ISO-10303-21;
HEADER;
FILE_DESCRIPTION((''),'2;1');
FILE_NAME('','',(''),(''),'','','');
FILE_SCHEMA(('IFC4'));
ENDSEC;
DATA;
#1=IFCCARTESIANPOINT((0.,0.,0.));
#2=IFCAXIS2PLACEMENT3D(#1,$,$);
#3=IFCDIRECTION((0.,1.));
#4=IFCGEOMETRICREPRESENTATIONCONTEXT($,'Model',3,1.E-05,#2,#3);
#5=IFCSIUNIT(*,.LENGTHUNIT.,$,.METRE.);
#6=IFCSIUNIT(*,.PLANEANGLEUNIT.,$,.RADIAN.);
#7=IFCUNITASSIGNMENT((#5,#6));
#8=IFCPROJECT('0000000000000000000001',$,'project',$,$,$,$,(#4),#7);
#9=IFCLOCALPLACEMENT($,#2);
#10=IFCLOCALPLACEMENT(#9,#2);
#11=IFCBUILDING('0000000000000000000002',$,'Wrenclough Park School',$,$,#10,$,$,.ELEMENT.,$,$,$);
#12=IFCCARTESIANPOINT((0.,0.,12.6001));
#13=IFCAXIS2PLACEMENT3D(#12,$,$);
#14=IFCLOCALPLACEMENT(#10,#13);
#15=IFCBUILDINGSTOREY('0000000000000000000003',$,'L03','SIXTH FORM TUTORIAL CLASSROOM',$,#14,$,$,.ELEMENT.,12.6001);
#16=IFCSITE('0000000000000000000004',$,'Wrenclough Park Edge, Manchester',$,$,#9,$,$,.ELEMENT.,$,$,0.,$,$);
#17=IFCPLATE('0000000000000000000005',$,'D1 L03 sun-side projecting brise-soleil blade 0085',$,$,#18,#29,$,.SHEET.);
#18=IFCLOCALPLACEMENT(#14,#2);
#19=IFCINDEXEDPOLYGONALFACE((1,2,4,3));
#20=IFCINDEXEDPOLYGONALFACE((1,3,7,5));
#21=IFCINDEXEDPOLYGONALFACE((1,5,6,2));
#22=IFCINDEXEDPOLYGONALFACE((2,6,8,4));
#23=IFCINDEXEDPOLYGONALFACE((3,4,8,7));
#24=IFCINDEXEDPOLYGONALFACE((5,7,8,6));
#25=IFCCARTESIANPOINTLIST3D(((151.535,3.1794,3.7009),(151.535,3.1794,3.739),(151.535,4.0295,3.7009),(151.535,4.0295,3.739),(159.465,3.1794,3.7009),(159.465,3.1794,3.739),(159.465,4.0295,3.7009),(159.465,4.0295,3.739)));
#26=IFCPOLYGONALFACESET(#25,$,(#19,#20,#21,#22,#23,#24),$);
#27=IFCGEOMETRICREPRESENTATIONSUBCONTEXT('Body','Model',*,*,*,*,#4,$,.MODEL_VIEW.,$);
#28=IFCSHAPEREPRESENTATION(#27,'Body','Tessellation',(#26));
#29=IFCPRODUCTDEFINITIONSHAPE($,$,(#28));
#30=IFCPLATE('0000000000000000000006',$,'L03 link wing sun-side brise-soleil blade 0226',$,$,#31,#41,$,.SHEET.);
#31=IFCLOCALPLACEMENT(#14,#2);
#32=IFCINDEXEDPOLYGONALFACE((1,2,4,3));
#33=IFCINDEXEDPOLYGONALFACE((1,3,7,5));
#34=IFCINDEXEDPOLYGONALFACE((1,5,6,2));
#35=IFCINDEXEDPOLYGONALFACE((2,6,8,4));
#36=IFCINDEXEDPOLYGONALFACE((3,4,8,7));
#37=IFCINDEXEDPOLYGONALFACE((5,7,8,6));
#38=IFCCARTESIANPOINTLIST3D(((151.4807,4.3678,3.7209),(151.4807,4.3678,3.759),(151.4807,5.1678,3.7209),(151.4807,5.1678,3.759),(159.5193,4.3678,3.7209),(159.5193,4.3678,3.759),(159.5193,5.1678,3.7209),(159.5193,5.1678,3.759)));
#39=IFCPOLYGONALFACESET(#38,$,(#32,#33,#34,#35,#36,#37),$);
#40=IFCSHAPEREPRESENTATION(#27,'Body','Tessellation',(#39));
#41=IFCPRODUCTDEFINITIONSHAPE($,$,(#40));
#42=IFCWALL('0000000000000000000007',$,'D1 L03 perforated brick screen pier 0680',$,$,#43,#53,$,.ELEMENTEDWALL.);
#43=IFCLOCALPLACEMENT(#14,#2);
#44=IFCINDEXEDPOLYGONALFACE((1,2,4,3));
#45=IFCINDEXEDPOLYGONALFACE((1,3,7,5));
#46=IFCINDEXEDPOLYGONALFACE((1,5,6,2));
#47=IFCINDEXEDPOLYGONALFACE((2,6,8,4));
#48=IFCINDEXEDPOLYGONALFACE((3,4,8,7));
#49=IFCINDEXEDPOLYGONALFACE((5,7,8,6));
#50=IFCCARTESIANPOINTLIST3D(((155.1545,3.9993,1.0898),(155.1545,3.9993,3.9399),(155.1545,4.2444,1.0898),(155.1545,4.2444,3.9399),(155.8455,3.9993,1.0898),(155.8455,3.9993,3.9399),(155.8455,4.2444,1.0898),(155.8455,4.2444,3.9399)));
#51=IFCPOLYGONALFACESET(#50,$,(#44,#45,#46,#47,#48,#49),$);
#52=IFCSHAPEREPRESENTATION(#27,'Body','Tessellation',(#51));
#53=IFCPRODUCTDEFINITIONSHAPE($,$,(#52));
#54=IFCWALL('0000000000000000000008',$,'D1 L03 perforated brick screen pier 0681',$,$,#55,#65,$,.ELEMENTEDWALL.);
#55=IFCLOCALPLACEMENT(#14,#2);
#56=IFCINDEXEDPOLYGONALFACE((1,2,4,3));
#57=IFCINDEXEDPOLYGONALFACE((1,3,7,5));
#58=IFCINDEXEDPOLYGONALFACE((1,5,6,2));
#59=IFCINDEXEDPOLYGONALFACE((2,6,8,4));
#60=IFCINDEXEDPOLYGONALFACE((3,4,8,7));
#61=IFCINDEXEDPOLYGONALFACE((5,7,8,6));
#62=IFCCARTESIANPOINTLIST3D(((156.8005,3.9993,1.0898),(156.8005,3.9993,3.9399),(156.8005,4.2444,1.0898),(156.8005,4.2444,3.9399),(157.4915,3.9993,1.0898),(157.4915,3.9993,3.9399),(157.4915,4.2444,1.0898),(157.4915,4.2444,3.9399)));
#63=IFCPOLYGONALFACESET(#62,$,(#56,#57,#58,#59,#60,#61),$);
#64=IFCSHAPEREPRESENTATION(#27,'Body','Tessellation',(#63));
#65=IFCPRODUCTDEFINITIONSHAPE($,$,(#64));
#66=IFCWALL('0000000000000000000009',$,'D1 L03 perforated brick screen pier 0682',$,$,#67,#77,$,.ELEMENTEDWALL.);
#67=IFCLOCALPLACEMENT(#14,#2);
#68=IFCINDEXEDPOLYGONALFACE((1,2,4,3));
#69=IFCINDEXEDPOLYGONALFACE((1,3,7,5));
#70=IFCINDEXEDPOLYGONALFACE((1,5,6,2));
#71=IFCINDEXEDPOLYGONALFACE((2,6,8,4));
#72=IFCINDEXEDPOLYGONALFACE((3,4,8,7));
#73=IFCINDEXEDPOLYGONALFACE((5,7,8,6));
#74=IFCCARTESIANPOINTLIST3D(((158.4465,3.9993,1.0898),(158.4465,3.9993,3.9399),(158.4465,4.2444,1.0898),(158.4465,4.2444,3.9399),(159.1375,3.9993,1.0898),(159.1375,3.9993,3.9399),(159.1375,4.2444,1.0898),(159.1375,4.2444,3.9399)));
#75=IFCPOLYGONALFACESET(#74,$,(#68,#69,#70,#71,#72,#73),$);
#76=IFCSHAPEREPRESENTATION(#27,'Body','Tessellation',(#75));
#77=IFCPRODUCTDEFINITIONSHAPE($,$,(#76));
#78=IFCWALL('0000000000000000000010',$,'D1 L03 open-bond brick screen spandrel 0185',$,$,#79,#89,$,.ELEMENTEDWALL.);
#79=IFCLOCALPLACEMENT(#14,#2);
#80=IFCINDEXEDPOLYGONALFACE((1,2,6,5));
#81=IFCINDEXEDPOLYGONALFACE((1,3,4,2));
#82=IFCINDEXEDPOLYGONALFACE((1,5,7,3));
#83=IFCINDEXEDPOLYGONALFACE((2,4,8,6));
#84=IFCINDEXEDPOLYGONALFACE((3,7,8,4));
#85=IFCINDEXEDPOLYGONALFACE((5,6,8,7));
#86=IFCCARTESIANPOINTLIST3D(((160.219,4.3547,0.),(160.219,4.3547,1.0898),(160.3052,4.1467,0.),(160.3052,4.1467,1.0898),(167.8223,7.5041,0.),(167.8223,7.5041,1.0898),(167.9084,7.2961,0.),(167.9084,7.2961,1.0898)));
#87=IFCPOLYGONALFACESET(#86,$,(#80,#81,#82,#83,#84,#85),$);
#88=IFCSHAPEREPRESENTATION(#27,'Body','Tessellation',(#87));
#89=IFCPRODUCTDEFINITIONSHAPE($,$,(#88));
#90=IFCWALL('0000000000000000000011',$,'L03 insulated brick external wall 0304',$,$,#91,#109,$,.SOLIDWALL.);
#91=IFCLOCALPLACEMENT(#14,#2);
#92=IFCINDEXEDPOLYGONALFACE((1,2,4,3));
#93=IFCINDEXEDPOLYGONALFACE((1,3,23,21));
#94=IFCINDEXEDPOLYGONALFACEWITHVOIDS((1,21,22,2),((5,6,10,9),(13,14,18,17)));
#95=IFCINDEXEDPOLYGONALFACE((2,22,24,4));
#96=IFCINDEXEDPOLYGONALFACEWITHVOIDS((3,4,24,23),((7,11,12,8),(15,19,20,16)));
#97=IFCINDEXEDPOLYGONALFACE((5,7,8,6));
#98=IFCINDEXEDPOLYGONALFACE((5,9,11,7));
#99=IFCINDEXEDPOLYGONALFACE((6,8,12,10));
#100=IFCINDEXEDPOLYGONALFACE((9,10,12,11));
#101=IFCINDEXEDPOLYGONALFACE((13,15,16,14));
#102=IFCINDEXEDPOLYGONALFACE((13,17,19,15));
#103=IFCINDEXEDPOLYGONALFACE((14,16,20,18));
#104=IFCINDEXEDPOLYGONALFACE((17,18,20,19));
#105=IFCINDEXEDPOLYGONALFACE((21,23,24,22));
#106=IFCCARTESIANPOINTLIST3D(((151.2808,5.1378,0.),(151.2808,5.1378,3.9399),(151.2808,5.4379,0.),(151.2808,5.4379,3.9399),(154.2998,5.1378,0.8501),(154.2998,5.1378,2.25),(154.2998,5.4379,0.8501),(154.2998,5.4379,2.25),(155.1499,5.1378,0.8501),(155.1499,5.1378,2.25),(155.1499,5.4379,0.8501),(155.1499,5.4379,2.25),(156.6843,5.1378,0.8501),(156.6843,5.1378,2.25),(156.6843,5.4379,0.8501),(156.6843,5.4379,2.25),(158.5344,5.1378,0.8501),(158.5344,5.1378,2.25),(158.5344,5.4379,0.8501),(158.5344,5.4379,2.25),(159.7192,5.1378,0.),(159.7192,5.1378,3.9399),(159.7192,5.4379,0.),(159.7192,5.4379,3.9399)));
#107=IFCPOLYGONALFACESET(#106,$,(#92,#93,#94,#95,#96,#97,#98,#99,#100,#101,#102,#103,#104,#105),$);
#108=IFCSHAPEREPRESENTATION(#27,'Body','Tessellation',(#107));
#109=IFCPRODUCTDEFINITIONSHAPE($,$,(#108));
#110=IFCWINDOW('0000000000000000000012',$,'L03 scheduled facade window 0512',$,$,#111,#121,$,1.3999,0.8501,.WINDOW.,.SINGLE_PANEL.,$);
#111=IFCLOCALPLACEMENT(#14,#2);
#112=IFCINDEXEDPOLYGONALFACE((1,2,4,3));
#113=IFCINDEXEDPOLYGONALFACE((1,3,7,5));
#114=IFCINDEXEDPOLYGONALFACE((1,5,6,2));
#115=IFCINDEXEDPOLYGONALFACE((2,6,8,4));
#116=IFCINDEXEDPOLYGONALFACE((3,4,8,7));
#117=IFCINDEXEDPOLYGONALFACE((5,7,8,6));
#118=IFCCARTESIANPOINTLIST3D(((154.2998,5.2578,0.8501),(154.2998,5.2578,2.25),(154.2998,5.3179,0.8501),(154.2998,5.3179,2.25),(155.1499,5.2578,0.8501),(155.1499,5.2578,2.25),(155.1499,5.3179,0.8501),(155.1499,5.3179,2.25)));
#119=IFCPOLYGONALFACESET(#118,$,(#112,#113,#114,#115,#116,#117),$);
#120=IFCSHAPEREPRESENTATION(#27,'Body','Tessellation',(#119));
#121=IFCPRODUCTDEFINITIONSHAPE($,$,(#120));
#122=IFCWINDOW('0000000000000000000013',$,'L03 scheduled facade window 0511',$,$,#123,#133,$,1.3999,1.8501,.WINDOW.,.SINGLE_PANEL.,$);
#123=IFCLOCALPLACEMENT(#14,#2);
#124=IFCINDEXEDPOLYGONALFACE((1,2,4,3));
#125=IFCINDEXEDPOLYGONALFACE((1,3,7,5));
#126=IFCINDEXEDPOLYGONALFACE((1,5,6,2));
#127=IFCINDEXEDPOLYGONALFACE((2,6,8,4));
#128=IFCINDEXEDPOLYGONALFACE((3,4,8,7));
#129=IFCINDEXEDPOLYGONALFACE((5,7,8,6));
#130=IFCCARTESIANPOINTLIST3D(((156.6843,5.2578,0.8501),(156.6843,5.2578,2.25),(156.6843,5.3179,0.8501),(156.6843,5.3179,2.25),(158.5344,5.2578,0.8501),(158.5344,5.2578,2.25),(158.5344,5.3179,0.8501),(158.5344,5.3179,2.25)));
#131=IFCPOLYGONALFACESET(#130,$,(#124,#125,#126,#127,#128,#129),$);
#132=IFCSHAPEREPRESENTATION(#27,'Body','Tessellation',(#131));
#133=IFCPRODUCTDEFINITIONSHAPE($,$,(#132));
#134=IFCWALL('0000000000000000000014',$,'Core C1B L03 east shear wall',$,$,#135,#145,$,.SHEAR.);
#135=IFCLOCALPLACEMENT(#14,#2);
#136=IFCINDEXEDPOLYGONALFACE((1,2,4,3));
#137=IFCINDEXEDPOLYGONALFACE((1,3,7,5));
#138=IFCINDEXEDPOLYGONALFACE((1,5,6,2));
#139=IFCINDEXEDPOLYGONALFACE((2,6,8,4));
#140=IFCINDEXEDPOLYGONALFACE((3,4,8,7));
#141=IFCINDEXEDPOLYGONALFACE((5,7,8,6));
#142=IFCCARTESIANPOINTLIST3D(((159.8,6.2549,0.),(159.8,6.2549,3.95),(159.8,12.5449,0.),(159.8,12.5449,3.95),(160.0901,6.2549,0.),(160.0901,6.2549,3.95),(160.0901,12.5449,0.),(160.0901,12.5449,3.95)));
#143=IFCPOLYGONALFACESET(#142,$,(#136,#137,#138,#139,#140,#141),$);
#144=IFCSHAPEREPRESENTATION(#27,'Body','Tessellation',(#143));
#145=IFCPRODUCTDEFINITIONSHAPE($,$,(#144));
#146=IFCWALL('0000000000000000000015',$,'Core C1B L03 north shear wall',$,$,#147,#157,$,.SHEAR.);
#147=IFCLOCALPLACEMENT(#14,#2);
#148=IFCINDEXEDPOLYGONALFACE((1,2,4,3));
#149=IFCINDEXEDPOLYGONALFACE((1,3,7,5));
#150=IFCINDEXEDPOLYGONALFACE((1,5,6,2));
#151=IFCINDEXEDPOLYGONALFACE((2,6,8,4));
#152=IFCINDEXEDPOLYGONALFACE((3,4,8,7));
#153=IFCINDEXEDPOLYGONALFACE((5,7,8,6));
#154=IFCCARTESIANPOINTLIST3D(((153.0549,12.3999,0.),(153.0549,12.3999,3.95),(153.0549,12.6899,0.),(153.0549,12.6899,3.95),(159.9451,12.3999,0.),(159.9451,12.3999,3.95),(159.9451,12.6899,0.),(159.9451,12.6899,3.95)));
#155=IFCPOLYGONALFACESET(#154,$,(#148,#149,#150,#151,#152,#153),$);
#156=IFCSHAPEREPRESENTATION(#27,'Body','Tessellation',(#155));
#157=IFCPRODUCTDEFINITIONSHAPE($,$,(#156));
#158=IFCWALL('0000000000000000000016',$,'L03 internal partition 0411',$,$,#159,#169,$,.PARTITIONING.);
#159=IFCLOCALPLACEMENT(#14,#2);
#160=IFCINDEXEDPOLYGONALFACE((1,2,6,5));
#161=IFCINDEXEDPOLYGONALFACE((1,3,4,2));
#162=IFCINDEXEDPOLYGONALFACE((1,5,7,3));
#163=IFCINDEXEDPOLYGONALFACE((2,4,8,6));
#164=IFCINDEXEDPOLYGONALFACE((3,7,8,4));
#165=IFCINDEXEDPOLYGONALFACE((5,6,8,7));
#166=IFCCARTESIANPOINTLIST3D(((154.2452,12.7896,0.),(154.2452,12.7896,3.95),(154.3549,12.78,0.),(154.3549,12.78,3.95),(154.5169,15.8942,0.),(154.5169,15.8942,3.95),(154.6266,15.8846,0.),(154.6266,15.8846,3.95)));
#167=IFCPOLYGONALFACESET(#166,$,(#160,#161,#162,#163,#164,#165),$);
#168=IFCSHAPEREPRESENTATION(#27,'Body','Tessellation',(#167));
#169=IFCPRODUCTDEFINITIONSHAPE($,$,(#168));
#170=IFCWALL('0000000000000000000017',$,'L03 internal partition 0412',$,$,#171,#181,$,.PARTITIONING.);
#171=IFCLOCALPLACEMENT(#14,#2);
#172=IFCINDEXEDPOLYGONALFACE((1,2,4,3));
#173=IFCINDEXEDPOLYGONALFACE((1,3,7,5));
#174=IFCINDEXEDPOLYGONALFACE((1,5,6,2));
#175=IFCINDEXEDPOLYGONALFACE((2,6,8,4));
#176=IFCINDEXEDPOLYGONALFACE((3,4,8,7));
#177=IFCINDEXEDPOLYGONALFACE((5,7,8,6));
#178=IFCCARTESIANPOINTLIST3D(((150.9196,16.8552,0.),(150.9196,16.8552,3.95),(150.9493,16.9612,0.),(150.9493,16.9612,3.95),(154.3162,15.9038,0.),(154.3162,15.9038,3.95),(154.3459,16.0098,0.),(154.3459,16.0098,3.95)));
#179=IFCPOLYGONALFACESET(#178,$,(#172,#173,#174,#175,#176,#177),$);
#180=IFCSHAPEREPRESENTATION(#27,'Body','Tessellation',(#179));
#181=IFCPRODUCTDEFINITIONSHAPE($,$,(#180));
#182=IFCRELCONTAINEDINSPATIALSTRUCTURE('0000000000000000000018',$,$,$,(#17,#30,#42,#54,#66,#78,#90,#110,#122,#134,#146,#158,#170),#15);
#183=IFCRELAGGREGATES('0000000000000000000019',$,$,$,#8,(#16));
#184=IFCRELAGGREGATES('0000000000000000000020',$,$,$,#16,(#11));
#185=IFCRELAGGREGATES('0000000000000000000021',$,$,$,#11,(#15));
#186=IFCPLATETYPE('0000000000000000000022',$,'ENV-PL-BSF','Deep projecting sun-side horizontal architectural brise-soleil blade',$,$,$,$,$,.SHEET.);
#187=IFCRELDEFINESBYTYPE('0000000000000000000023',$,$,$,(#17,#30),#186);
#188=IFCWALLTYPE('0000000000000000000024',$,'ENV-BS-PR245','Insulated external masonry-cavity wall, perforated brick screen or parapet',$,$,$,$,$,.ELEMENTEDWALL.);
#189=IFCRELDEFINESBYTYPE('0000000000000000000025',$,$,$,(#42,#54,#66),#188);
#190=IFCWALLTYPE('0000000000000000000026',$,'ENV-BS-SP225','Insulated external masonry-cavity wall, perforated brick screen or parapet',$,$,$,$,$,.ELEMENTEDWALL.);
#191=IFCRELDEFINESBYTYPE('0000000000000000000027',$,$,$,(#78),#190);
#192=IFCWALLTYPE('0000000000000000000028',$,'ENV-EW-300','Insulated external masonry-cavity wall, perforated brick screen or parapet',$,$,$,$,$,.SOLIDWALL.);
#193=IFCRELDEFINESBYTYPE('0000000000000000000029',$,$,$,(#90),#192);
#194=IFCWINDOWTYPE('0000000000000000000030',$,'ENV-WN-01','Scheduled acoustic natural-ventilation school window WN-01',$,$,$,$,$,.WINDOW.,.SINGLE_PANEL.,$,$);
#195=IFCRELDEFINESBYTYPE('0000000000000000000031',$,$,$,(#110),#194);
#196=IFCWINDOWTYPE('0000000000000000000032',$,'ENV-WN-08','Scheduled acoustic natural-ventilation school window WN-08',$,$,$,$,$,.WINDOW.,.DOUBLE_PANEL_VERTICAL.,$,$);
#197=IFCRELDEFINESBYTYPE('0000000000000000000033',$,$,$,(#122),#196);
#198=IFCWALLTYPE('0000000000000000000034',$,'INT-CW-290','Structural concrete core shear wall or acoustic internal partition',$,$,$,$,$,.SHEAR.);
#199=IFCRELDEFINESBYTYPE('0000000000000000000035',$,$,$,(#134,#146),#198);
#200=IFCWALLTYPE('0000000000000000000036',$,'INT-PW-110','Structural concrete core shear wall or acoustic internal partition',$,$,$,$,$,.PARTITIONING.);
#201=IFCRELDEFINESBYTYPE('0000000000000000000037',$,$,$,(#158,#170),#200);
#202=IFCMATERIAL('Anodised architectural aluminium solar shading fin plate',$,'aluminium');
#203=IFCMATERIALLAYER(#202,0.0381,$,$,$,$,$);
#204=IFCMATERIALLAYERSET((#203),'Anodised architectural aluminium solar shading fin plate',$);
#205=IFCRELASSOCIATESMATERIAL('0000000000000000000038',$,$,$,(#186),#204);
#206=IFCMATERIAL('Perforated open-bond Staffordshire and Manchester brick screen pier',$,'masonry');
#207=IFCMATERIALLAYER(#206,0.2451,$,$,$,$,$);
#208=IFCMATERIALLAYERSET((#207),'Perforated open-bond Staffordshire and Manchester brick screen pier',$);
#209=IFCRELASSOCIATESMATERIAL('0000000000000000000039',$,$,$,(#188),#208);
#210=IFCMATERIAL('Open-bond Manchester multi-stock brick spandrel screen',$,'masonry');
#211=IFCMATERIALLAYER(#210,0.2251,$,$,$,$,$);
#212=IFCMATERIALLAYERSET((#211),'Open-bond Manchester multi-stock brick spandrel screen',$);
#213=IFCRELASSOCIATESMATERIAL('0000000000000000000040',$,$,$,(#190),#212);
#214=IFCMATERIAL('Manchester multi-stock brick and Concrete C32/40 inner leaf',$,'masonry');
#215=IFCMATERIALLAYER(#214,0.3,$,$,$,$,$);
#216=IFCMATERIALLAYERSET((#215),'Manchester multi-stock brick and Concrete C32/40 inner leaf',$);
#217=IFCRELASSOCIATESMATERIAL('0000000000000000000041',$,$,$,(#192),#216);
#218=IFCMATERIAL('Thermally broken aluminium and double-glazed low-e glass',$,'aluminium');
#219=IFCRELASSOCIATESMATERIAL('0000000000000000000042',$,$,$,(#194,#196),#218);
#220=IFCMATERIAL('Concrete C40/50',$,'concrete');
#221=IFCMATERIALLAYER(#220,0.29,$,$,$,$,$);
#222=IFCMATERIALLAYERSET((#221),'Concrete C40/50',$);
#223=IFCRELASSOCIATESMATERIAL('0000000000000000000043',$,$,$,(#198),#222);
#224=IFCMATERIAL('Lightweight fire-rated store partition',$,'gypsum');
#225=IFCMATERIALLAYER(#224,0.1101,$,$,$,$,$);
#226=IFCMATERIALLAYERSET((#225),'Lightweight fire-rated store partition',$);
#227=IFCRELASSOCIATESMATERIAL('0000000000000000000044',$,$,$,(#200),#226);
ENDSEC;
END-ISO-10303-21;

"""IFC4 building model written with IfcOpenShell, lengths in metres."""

from ifc_helpers import new_model, si_unit, direction, frame, frame_2d, origin, origin_2d, place, context, subcontext, project, spatial, rectangle, extrude, material, layer, layer_set, type_object, element, fill, save


model = new_model("IFC4")

# Units and contexts
model_context = context("Model", 3, precision=1e-05, world=origin(), true_north=direction((0.0, 1.0)))
body_context = subcontext(model_context, "Body", "Model", "MODEL_VIEW")
ifc_project = project(units=[si_unit("LENGTHUNIT", "METRE"), si_unit("PLANEANGLEUNIT", "RADIAN")], contexts=[model_context])

# Site, building, storey
site_placement = place(None, origin())
site = spatial("IfcSite", under=ifc_project, at=site_placement, Name="Wrenclough Park Edge, Manchester", CompositionType="ELEMENT", RefElevation=0.0)
building_placement = place(site_placement, origin())
building = spatial("IfcBuilding", under=site, at=building_placement, Name="Wrenclough Park School", CompositionType="ELEMENT")
storey_placement = place(building_placement, frame((0.0, 0.0, 12.6001)))
storey = spatial("IfcBuildingStorey", under=building, at=storey_placement, Name="L03", Description="SIXTH FORM TUTORIAL CLASSROOM", CompositionType="ELEMENT", Elevation=12.6001)

# Shared definitions
ifc_material_1 = material(Name="Concrete C40/50", Category="concrete")

# Plates
ifc_material_2 = material(Name="Anodised architectural aluminium solar shading fin plate", Category="aluminium")
ifc_layer_1 = layer(ifc_material_2, 0.0381)
ifc_layer_set_1 = layer_set([ifc_layer_1], Name="Anodised architectural aluminium solar shading fin plate")
plate_type = type_object("IfcPlateType", Name="ENV-PL-BSF", Description="Deep projecting sun-side horizontal architectural brise-soleil blade", PredefinedType="SHEET", material=ifc_layer_set_1)
plate_1_placement = place(storey_placement, frame((155.5, 3.6045, 3.7009), z_axis=(0.0, 0.0, 1.0), x_axis=(1.0, 0.0, 0.0)))
element("IfcPlate", 1, at=plate_1_placement, inside=storey, type_object=plate_type, Name="D1 L03 sun-side projecting brise-soleil blade 0085", PredefinedType="SHEET", context=body_context, shape_type="SweptSolid", body=[
    extrude(rectangle(XDim=7.9299, YDim=0.8501, at=origin_2d()), origin(), (0.0, 0.0, 1.0), 0.0381),
])
plate_2_placement = place(storey_placement, frame((155.5, 4.7678, 3.7209), z_axis=(0.0, 0.0, 1.0), x_axis=(-1.0, 0.0, 0.0)))
element("IfcPlate", 2, at=plate_2_placement, inside=storey, type_object=plate_type, Name="L03 link wing sun-side brise-soleil blade 0226", PredefinedType="SHEET", context=body_context, shape_type="SweptSolid", body=[
    extrude(rectangle(XDim=8.0386, YDim=0.8, at=origin_2d()), origin(), (0.0, 0.0, 1.0), 0.0381),
])

# Walls
ifc_material_3 = material(Name="Perforated open-bond Staffordshire and Manchester brick screen pier", Category="masonry")
ifc_layer_2 = layer(ifc_material_3, 0.2451)
ifc_layer_set_2 = layer_set([ifc_layer_2], Name="Perforated open-bond Staffordshire and Manchester brick screen pier")
wall_type_1 = type_object("IfcWallType", Name="ENV-BS-PR245", Description="Insulated external masonry-cavity wall, perforated brick screen or parapet", PredefinedType="ELEMENTEDWALL", material=ifc_layer_set_2)
for number, where, z_axis, x_axis, name in (
    (3, (155.1545, 4.1218, 1.0898), (0.0, 0.0, 1.0), (1.0, 0.0, 0.0), "D1 L03 perforated brick screen pier 0680"),
    (4, (156.8005, 4.1218, 1.0898), (0.0, 0.0, 1.0), (1.0, 0.0, 0.0), "D1 L03 perforated brick screen pier 0681"),
    (5, (158.4465, 4.1218, 1.0898), (0.0, 0.0, 1.0), (1.0, 0.0, 0.0), "D1 L03 perforated brick screen pier 0682"),
):
    element("IfcWall", number, at=place(storey_placement, frame(where, z_axis=z_axis, x_axis=x_axis)), inside=storey, type_object=wall_type_1, Name=name, PredefinedType="ELEMENTEDWALL", context=body_context, shape_type="SweptSolid", body=[
        extrude(rectangle(XDim=0.6909, YDim=0.2451, at=frame_2d((0.3455, 0.0))), origin(), (0.0, 0.0, 1.0), 2.8501),
    ])
ifc_material_4 = material(Name="Open-bond Manchester multi-stock brick spandrel screen", Category="masonry")
ifc_layer_3 = layer(ifc_material_4, 0.2251)
ifc_layer_set_3 = layer_set([ifc_layer_3], Name="Open-bond Manchester multi-stock brick spandrel screen")
wall_type_2 = type_object("IfcWallType", Name="ENV-BS-SP225", Description="Insulated external masonry-cavity wall, perforated brick screen or parapet", PredefinedType="ELEMENTEDWALL", material=ifc_layer_set_3)
wall_1_placement = place(storey_placement, frame((160.2622, 4.2507, 0.0), z_axis=(0.0, 0.0, 1.0), x_axis=(0.923878, 0.382687, 0.0)))
element("IfcWall", 6, at=wall_1_placement, inside=storey, type_object=wall_type_2, Name="D1 L03 open-bond brick screen spandrel 0185", PredefinedType="ELEMENTEDWALL", context=body_context, shape_type="SweptSolid", body=[
    extrude(rectangle(XDim=8.2297, YDim=0.2251, at=frame_2d((4.1147, 0.0))), origin(), (0.0, 0.0, 1.0), 1.0898),
])

# Wall, openings, windows
ifc_material_5 = material(Name="Manchester multi-stock brick and Concrete C32/40 inner leaf", Category="masonry")
ifc_layer_4 = layer(ifc_material_5, 0.3)
ifc_layer_set_4 = layer_set([ifc_layer_4], Name="Manchester multi-stock brick and Concrete C32/40 inner leaf")
wall_type_3 = type_object("IfcWallType", Name="ENV-EW-300", Description="Insulated external masonry-cavity wall, perforated brick screen or parapet", PredefinedType="SOLIDWALL", material=ifc_layer_set_4)
wall_2_placement = place(storey_placement, frame((159.7192, 5.2878, 0.0), z_axis=(0.0, 0.0, 1.0), x_axis=(-1.0, 0.0, 0.0)))
wall_2 = element("IfcWall", 7, at=wall_2_placement, inside=storey, type_object=wall_type_3, Name="L03 insulated brick external wall 0304", PredefinedType="SOLIDWALL", context=body_context, shape_type="SweptSolid", body=[
    extrude(rectangle(XDim=8.4385, YDim=0.3, at=frame_2d((4.2192, 0.0))), origin(), (0.0, 0.0, 1.0), 3.9399),
])
opening_1_placement = place(wall_2_placement, frame((1.1848, 0.0, 0.8501)))
opening_1 = element("IfcOpeningElement", 8, at=opening_1_placement, cuts=wall_2, PredefinedType="OPENING", context=body_context, shape_type="SweptSolid", body=[
    extrude(rectangle(XDim=1.8501, YDim=1.3999, at=frame_2d((0.925, 0.7))), frame((0.0, 0.1599, 0.0), z_axis=(0.0, -1.0, 0.0), x_axis=(1.0, 0.0, 0.0)), (0.0, 0.0, 1.0), 0.3201),
])
opening_2_placement = place(wall_2_placement, frame((4.5693, 0.0, 0.8501)))
opening_2 = element("IfcOpeningElement", 9, at=opening_2_placement, cuts=wall_2, PredefinedType="OPENING", context=body_context, shape_type="SweptSolid", body=[
    extrude(rectangle(XDim=0.8501, YDim=1.3999, at=frame_2d((0.425, 0.7))), frame((0.0, 0.1599, 0.0), z_axis=(0.0, -1.0, 0.0), x_axis=(1.0, 0.0, 0.0)), (0.0, 0.0, 1.0), 0.3201),
])
ifc_material_6 = material(Name="Thermally broken aluminium and double-glazed low-e glass", Category="aluminium")
window_type_1 = type_object("IfcWindowType", Name="ENV-WN-01", Description="Scheduled acoustic natural-ventilation school window WN-01", PartitioningType="SINGLE_PANEL", PredefinedType="WINDOW", material=ifc_material_6)
window_1_placement = place(opening_2_placement, origin())
window_1 = element("IfcWindow", 10, at=window_1_placement, inside=storey, type_object=window_type_1, Name="L03 scheduled facade window 0512", OverallHeight=1.3999, OverallWidth=0.8501, PartitioningType="SINGLE_PANEL", PredefinedType="WINDOW", context=body_context, shape_type="SweptSolid", body=[
    extrude(rectangle(XDim=0.8501, YDim=1.3999, at=frame_2d((0.425, 0.7))), frame((0.0, 0.03, 0.0), z_axis=(0.0, -1.0, 0.0), x_axis=(1.0, 0.0, 0.0)), (0.0, 0.0, 1.0), 0.0601),
])
fill(opening_2, window_1)
window_type_2 = type_object("IfcWindowType", Name="ENV-WN-08", Description="Scheduled acoustic natural-ventilation school window WN-08", PartitioningType="DOUBLE_PANEL_VERTICAL", PredefinedType="WINDOW", material=ifc_material_6)
window_2_placement = place(opening_1_placement, origin())
window_2 = element("IfcWindow", 11, at=window_2_placement, inside=storey, type_object=window_type_2, Name="L03 scheduled facade window 0511", OverallHeight=1.3999, OverallWidth=1.8501, PartitioningType="SINGLE_PANEL", PredefinedType="WINDOW", context=body_context, shape_type="SweptSolid", body=[
    extrude(rectangle(XDim=1.8501, YDim=1.3999, at=frame_2d((0.925, 0.7))), frame((0.0, 0.03, 0.0), z_axis=(0.0, -1.0, 0.0), x_axis=(1.0, 0.0, 0.0)), (0.0, 0.0, 1.0), 0.0601),
])
fill(opening_1, window_2)

# Walls
ifc_layer_5 = layer(ifc_material_1, 0.29)
ifc_layer_set_5 = layer_set([ifc_layer_5], Name="Concrete C40/50")
wall_type_4 = type_object("IfcWallType", Name="INT-CW-290", Description="Structural concrete core shear wall or acoustic internal partition", PredefinedType="SHEAR", material=ifc_layer_set_5)
wall_3_placement = place(storey_placement, frame((159.9451, 6.2549, 0.0), z_axis=(0.0, 0.0, 1.0), x_axis=(0.0, 1.0, 0.0)))
element("IfcWall", 12, at=wall_3_placement, inside=storey, type_object=wall_type_4, Name="Core C1B L03 east shear wall", PredefinedType="SHEAR", context=body_context, shape_type="SweptSolid", body=[
    extrude(rectangle(XDim=6.29, YDim=0.29, at=frame_2d((3.145, 0.0))), origin(), (0.0, 0.0, 1.0), 3.95),
])
wall_4_placement = place(storey_placement, frame((159.9451, 12.5449, 0.0), z_axis=(0.0, 0.0, 1.0), x_axis=(-1.0, 0.0, 0.0)))
element("IfcWall", 13, at=wall_4_placement, inside=storey, type_object=wall_type_4, Name="Core C1B L03 north shear wall", PredefinedType="SHEAR", context=body_context, shape_type="SweptSolid", body=[
    extrude(rectangle(XDim=6.8901, YDim=0.29, at=frame_2d((3.4451, 0.0))), origin(), (0.0, 0.0, 1.0), 3.95),
])
ifc_material_7 = material(Name="Lightweight fire-rated store partition", Category="gypsum")
ifc_layer_6 = layer(ifc_material_7, 0.1101)
ifc_layer_set_6 = layer_set([ifc_layer_6], Name="Lightweight fire-rated store partition")
wall_type_5 = type_object("IfcWallType", Name="INT-PW-110", Description="Structural concrete core shear wall or acoustic internal partition", PredefinedType="PARTITIONING", material=ifc_layer_set_6)
wall_5_placement = place(storey_placement, frame((154.3, 12.7849, 0.0), z_axis=(0.0, 0.0, 1.0), x_axis=(0.087194, 0.996191, 0.0)))
element("IfcWall", 14, at=wall_5_placement, inside=storey, type_object=wall_type_5, Name="L03 internal partition 0411", PredefinedType="PARTITIONING", context=body_context, shape_type="SweptSolid", body=[
    extrude(rectangle(XDim=3.1165, YDim=0.1101, at=frame_2d((1.5581, 0.0))), origin(), (0.0, 0.0, 1.0), 3.95),
])
wall_6_placement = place(storey_placement, frame((154.3311, 15.9568, 0.0), z_axis=(0.0, 0.0, 1.0), x_axis=(-0.96294, 0.269717, 0.0)))
element("IfcWall", 15, at=wall_6_placement, inside=storey, type_object=wall_type_5, Name="L03 internal partition 0412", PredefinedType="PARTITIONING", context=body_context, shape_type="SweptSolid", body=[
    extrude(rectangle(XDim=3.5273, YDim=0.1101, at=frame_2d((1.7637, 0.0))), origin(), (0.0, 0.0, 1.0), 3.95),
])

save(model, "model.ifc")
